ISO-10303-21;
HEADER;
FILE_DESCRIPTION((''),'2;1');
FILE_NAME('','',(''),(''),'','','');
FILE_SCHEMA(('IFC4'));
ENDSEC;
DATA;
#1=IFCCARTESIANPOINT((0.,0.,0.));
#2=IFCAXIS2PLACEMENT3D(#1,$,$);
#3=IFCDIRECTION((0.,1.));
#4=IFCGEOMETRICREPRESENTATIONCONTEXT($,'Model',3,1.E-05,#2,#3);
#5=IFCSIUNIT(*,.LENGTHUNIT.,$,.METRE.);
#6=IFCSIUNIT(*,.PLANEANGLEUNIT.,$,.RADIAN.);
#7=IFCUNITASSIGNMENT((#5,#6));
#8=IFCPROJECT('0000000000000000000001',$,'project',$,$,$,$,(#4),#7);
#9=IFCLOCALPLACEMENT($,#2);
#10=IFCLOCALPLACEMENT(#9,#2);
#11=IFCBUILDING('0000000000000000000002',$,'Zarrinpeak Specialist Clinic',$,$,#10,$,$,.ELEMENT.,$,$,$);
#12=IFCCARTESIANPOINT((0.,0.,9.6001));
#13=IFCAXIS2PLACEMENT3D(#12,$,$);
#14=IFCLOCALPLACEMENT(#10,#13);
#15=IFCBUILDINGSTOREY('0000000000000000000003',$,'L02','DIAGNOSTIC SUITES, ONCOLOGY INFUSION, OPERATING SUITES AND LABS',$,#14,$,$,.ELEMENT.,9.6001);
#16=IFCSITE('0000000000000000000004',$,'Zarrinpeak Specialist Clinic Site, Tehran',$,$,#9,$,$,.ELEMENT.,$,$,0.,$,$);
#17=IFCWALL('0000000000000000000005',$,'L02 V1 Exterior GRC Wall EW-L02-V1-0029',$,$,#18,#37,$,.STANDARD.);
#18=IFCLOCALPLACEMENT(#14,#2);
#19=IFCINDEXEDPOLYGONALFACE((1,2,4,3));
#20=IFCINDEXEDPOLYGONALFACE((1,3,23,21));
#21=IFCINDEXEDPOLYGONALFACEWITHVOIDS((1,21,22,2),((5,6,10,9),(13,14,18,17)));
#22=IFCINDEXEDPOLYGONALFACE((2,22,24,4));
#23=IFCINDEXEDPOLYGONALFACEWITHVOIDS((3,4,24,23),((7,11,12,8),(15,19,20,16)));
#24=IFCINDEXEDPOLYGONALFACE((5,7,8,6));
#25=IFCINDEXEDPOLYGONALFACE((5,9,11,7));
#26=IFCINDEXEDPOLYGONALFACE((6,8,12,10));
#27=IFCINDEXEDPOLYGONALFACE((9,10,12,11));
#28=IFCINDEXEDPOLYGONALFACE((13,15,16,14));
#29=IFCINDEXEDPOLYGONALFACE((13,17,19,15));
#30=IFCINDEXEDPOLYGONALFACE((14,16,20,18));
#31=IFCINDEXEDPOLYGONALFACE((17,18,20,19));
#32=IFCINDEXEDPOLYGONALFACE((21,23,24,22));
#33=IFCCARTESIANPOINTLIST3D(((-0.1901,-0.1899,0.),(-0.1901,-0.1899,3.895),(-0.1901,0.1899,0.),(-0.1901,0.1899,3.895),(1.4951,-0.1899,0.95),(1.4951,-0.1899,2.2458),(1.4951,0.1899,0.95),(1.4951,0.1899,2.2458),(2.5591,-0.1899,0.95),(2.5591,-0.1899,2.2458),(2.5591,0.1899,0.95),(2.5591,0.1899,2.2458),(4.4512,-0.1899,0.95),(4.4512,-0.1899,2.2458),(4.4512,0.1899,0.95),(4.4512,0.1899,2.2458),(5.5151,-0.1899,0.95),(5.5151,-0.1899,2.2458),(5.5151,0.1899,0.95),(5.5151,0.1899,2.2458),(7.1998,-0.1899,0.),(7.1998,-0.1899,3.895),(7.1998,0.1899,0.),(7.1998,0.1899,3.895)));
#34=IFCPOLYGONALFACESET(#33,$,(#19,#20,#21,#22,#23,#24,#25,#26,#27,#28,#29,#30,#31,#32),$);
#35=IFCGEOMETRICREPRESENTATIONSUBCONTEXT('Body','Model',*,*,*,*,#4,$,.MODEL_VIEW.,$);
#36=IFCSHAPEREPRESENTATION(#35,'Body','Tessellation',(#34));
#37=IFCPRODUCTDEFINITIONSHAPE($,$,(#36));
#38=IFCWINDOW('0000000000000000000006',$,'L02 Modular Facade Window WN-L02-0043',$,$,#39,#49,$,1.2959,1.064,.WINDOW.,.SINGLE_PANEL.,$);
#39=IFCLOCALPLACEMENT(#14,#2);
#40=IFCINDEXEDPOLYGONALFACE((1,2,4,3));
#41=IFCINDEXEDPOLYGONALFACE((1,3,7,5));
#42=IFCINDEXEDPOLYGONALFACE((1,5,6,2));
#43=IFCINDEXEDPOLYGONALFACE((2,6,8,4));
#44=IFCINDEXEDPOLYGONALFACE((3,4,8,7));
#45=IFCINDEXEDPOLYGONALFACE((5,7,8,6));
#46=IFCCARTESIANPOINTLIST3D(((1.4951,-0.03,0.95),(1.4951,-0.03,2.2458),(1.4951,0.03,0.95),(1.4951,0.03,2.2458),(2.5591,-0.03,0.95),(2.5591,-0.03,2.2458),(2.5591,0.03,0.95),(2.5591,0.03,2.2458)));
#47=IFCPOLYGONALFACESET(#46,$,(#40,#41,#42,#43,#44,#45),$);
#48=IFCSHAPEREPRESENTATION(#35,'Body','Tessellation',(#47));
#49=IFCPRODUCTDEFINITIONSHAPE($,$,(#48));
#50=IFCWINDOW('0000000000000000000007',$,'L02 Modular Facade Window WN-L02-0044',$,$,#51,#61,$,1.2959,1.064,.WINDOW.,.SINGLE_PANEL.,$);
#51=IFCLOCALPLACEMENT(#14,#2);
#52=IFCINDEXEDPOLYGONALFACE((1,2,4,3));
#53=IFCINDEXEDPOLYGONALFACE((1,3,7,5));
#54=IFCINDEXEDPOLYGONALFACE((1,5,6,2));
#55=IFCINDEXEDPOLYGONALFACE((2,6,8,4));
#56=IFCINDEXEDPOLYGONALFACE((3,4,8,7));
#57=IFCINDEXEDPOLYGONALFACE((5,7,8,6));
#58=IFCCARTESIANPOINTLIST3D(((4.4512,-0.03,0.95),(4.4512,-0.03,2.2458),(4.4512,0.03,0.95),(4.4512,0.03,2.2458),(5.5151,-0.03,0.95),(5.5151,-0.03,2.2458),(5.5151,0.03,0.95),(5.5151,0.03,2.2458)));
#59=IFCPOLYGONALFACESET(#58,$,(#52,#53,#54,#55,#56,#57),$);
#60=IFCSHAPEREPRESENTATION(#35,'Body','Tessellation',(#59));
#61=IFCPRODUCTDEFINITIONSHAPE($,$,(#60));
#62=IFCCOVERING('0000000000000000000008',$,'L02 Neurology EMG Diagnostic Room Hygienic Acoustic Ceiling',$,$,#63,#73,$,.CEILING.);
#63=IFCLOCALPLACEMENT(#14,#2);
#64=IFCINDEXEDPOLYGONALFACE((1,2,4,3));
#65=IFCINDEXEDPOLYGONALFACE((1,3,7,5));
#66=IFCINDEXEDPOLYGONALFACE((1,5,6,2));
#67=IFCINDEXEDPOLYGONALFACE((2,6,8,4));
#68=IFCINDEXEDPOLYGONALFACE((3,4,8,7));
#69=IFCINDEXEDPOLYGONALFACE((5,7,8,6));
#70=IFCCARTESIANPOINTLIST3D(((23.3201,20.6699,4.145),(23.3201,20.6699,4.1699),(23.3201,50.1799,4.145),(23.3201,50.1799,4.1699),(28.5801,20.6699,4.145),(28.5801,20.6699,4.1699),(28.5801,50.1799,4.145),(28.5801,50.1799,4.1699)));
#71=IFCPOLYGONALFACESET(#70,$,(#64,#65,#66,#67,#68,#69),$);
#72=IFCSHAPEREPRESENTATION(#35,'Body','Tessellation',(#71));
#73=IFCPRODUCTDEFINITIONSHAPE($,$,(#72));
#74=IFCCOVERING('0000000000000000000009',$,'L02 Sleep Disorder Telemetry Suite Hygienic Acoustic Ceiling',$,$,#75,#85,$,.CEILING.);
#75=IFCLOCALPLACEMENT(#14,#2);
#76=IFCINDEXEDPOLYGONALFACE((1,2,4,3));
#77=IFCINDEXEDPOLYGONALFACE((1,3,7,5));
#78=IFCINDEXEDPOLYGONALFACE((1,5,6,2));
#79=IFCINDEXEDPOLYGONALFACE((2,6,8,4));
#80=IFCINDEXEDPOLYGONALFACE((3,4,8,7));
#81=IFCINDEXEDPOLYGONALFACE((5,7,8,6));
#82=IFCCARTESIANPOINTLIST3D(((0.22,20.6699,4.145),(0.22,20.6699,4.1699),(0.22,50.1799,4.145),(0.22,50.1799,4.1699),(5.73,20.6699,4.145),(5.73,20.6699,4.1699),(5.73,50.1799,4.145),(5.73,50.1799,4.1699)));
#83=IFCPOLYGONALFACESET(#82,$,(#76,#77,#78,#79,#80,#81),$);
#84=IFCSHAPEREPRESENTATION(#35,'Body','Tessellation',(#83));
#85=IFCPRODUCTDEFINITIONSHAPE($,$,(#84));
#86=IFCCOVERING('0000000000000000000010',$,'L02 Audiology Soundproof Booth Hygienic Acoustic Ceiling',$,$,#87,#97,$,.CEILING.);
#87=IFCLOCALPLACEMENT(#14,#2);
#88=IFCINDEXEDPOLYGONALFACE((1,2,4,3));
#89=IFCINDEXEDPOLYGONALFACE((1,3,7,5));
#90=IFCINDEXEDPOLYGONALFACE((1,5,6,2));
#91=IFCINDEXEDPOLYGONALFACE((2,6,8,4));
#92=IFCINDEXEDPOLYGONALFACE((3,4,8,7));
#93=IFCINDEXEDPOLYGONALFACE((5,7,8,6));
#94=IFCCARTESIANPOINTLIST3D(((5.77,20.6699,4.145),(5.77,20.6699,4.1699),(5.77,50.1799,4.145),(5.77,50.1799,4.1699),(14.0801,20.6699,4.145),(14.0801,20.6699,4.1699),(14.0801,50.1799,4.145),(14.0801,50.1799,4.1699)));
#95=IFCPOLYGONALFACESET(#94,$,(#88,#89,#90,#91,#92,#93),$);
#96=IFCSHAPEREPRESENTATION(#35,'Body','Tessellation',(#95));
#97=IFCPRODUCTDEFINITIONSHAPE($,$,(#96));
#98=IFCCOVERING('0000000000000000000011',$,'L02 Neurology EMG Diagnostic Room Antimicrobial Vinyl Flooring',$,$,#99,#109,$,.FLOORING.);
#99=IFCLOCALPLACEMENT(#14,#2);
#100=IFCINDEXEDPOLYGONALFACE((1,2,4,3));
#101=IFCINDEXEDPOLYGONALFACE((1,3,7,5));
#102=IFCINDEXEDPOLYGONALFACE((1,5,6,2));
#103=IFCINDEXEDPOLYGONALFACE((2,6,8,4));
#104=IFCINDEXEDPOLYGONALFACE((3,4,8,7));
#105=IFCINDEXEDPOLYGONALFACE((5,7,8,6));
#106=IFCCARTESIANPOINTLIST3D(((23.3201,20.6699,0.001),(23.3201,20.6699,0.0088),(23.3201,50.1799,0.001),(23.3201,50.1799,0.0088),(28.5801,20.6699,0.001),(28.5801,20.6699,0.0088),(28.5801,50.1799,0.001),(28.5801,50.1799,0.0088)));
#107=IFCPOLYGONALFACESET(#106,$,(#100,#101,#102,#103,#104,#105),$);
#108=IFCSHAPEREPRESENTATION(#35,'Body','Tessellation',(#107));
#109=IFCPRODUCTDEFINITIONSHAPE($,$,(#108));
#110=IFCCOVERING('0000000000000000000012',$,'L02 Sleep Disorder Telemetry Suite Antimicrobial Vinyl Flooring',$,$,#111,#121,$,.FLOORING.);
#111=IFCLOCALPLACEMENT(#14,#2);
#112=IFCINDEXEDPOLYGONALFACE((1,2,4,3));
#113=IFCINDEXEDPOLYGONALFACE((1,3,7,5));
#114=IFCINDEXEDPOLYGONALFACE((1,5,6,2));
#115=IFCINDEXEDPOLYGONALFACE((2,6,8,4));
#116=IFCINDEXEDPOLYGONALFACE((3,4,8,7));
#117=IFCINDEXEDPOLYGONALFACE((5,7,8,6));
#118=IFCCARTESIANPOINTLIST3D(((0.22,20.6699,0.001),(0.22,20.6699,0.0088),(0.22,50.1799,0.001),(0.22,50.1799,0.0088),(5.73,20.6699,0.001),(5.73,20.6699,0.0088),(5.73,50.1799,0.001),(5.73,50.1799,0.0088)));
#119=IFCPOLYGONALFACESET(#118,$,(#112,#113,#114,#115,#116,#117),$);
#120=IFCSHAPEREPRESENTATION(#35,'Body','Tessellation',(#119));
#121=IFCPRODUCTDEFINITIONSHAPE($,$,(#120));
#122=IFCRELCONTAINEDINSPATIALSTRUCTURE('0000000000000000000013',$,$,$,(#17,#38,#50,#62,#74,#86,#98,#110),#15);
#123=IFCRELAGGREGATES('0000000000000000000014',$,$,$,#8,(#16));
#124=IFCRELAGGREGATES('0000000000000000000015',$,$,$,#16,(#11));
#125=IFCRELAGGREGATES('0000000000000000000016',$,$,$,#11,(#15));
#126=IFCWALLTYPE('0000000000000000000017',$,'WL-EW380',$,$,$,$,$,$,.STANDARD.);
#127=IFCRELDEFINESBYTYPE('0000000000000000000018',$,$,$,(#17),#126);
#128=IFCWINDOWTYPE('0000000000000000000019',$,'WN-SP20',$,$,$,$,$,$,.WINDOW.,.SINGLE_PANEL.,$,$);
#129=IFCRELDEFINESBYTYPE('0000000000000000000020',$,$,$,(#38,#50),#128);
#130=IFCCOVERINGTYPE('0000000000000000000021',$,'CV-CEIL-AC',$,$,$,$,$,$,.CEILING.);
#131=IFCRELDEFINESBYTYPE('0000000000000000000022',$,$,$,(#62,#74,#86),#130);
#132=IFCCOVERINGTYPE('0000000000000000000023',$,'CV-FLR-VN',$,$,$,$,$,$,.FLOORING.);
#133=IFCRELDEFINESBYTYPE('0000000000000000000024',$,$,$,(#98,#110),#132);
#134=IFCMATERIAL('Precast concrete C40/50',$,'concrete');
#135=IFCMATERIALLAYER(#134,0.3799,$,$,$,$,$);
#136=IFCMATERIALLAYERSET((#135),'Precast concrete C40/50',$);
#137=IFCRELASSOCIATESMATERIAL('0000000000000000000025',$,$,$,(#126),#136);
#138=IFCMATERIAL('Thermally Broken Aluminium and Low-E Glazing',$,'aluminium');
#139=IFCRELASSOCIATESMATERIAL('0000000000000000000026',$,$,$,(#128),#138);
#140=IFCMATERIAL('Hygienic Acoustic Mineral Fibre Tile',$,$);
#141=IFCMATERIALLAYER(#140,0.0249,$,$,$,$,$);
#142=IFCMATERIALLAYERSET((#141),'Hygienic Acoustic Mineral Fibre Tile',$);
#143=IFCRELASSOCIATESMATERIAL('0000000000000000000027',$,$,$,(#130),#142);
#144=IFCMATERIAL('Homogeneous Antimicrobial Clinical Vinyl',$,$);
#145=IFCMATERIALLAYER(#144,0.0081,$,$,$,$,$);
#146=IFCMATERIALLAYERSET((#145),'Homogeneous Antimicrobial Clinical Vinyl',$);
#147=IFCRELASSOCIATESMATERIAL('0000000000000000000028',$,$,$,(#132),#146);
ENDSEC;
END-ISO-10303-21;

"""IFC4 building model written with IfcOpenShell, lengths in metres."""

from ifc_helpers import new_model, si_unit, direction, frame, frame_2d, origin, place, context, subcontext, project, spatial, polyline, rectangle, outline, extrude, material, layer, layer_set, type_object, element, fill, save


model = new_model("IFC4")

# Units and contexts
model_context = context("Model", 3, precision=1e-05, world=origin(), true_north=direction((0.0, 1.0)))
body_context = subcontext(model_context, "Body", "Model", "MODEL_VIEW")
ifc_project = project(units=[si_unit("LENGTHUNIT", "METRE"), si_unit("PLANEANGLEUNIT", "RADIAN")], contexts=[model_context])

# Site, building, storey
site_placement = place(None, origin())
site = spatial("IfcSite", under=ifc_project, at=site_placement, Name="Zarrinpeak Specialist Clinic Site, Tehran", CompositionType="ELEMENT", RefElevation=0.0)
building_placement = place(site_placement, origin())
building = spatial("IfcBuilding", under=site, at=building_placement, Name="Zarrinpeak Specialist Clinic", CompositionType="ELEMENT")
storey_placement = place(building_placement, frame((0.0, 0.0, 9.6001)))
storey = spatial("IfcBuildingStorey", under=building, at=storey_placement, Name="L02", Description="DIAGNOSTIC SUITES, ONCOLOGY INFUSION, OPERATING SUITES AND LABS", CompositionType="ELEMENT", Elevation=9.6001)

# Wall, openings, windows
ifc_material_1 = material(Name="Precast concrete C40/50", Category="concrete")
ifc_layer_1 = layer(ifc_material_1, 0.3799)
ifc_layer_set_1 = layer_set([ifc_layer_1], Name="Precast concrete C40/50")
wall_type = type_object("IfcWallType", Name="WL-EW380", PredefinedType="STANDARD", material=ifc_layer_set_1)
wall_placement = place(storey_placement, frame((-0.1899, 0.0, 0.0), z_axis=(0.0, 0.0, 1.0), x_axis=(1.0, 0.0, 0.0)))
wall = element("IfcWall", 1, at=wall_placement, inside=storey, type_object=wall_type, Name="L02 V1 Exterior GRC Wall EW-L02-V1-0029", PredefinedType="STANDARD", context=body_context, shape_type="SweptSolid", body=[
    extrude(rectangle(XDim=7.3899, YDim=0.3799, at=frame_2d((3.6948, 0.0))), origin(), (0.0, 0.0, 1.0), 3.895),
])
opening_1_placement = place(wall_placement, frame((1.6851, 0.0, 0.95)))
opening_1 = element("IfcOpeningElement", 2, at=opening_1_placement, cuts=wall, PredefinedType="OPENING", context=body_context, shape_type="SweptSolid", body=[
    extrude(rectangle(XDim=1.064, YDim=1.2959, at=frame_2d((0.532, 0.6479))), frame((0.0, 0.2, 0.0), z_axis=(0.0, -1.0, 0.0), x_axis=(1.0, 0.0, 0.0)), (0.0, 0.0, 1.0), 0.3999),
])
opening_2_placement = place(wall_placement, frame((4.6411, 0.0, 0.95)))
opening_2 = element("IfcOpeningElement", 3, at=opening_2_placement, cuts=wall, PredefinedType="OPENING", context=body_context, shape_type="SweptSolid", body=[
    extrude(rectangle(XDim=1.064, YDim=1.2959, at=frame_2d((0.532, 0.6479))), frame((0.0, 0.2, 0.0), z_axis=(0.0, -1.0, 0.0), x_axis=(1.0, 0.0, 0.0)), (0.0, 0.0, 1.0), 0.3999),
])
ifc_material_2 = material(Name="Thermally Broken Aluminium and Low-E Glazing", Category="aluminium")
window_type = type_object("IfcWindowType", Name="WN-SP20", PartitioningType="SINGLE_PANEL", PredefinedType="WINDOW", material=ifc_material_2)
window_1_placement = place(opening_1_placement, origin())
window_1 = element("IfcWindow", 4, at=window_1_placement, inside=storey, type_object=window_type, Name="L02 Modular Facade Window WN-L02-0043", OverallHeight=1.2959, OverallWidth=1.064, PartitioningType="SINGLE_PANEL", PredefinedType="WINDOW", context=body_context, shape_type="SweptSolid", body=[
    extrude(rectangle(XDim=1.064, YDim=1.2959, at=frame_2d((0.532, 0.6479))), frame((0.0, 0.03, 0.0), z_axis=(0.0, -1.0, 0.0), x_axis=(1.0, 0.0, 0.0)), (0.0, 0.0, 1.0), 0.0601),
])
fill(opening_1, window_1)
window_2_placement = place(opening_2_placement, origin())
window_2 = element("IfcWindow", 5, at=window_2_placement, inside=storey, type_object=window_type, Name="L02 Modular Facade Window WN-L02-0044", OverallHeight=1.2959, OverallWidth=1.064, PartitioningType="SINGLE_PANEL", PredefinedType="WINDOW", context=body_context, shape_type="SweptSolid", body=[
    extrude(rectangle(XDim=1.064, YDim=1.2959, at=frame_2d((0.532, 0.6479))), frame((0.0, 0.03, 0.0), z_axis=(0.0, -1.0, 0.0), x_axis=(1.0, 0.0, 0.0)), (0.0, 0.0, 1.0), 0.0601),
])
fill(opening_2, window_2)

# Coverings
ifc_material_3 = material(Name="Hygienic Acoustic Mineral Fibre Tile")
ifc_layer_2 = layer(ifc_material_3, 0.0249)
ifc_layer_set_2 = layer_set([ifc_layer_2], Name="Hygienic Acoustic Mineral Fibre Tile")
covering_type_1 = type_object("IfcCoveringType", Name="CV-CEIL-AC", PredefinedType="CEILING", material=ifc_layer_set_2)
covering_1_placement = place(storey_placement, frame((0.0, 0.0, 4.145)))
element("IfcCovering", 6, at=covering_1_placement, inside=storey, type_object=covering_type_1, Name="L02 Neurology EMG Diagnostic Room Hygienic Acoustic Ceiling", PredefinedType="CEILING", context=body_context, shape_type="SweptSolid", body=[
    extrude(outline(polyline([(23.3201, 20.6699), (28.5801, 20.6699), (28.5801, 50.1799), (23.3201, 50.1799), (23.3201, 20.6699)])), origin(), (0.0, 0.0, 1.0), 0.0249),
])
covering_2_placement = place(storey_placement, frame((0.0, 0.0, 4.145)))
element("IfcCovering", 7, at=covering_2_placement, inside=storey, type_object=covering_type_1, Name="L02 Sleep Disorder Telemetry Suite Hygienic Acoustic Ceiling", PredefinedType="CEILING", context=body_context, shape_type="SweptSolid", body=[
    extrude(outline(polyline([(0.22, 20.6699), (5.73, 20.6699), (5.73, 50.1799), (0.22, 50.1799), (0.22, 20.6699)])), origin(), (0.0, 0.0, 1.0), 0.0249),
])
covering_3_placement = place(storey_placement, frame((0.0, 0.0, 4.145)))
element("IfcCovering", 8, at=covering_3_placement, inside=storey, type_object=covering_type_1, Name="L02 Audiology Soundproof Booth Hygienic Acoustic Ceiling", PredefinedType="CEILING", context=body_context, shape_type="SweptSolid", body=[
    extrude(outline(polyline([(5.77, 20.6699), (14.0801, 20.6699), (14.0801, 50.1799), (5.77, 50.1799), (5.77, 20.6699)])), origin(), (0.0, 0.0, 1.0), 0.0249),
])
ifc_material_4 = material(Name="Homogeneous Antimicrobial Clinical Vinyl")
ifc_layer_3 = layer(ifc_material_4, 0.0081)
ifc_layer_set_3 = layer_set([ifc_layer_3], Name="Homogeneous Antimicrobial Clinical Vinyl")
covering_type_2 = type_object("IfcCoveringType", Name="CV-FLR-VN", PredefinedType="FLOORING", material=ifc_layer_set_3)
covering_4_placement = place(storey_placement, frame((0.0, 0.0, 0.001)))
element("IfcCovering", 9, at=covering_4_placement, inside=storey, type_object=covering_type_2, Name="L02 Neurology EMG Diagnostic Room Antimicrobial Vinyl Flooring", PredefinedType="FLOORING", context=body_context, shape_type="SweptSolid", body=[
    extrude(outline(polyline([(23.3201, 20.6699), (28.5801, 20.6699), (28.5801, 50.1799), (23.3201, 50.1799), (23.3201, 20.6699)])), origin(), (0.0, 0.0, 1.0), 0.0078),
])
covering_5_placement = place(storey_placement, frame((0.0, 0.0, 0.001)))
element("IfcCovering", 10, at=covering_5_placement, inside=storey, type_object=covering_type_2, Name="L02 Sleep Disorder Telemetry Suite Antimicrobial Vinyl Flooring", PredefinedType="FLOORING", context=body_context, shape_type="SweptSolid", body=[
    extrude(outline(polyline([(0.22, 20.6699), (5.73, 20.6699), (5.73, 50.1799), (0.22, 50.1799), (0.22, 20.6699)])), origin(), (0.0, 0.0, 1.0), 0.0078),
])

save(model, "model.ifc")
